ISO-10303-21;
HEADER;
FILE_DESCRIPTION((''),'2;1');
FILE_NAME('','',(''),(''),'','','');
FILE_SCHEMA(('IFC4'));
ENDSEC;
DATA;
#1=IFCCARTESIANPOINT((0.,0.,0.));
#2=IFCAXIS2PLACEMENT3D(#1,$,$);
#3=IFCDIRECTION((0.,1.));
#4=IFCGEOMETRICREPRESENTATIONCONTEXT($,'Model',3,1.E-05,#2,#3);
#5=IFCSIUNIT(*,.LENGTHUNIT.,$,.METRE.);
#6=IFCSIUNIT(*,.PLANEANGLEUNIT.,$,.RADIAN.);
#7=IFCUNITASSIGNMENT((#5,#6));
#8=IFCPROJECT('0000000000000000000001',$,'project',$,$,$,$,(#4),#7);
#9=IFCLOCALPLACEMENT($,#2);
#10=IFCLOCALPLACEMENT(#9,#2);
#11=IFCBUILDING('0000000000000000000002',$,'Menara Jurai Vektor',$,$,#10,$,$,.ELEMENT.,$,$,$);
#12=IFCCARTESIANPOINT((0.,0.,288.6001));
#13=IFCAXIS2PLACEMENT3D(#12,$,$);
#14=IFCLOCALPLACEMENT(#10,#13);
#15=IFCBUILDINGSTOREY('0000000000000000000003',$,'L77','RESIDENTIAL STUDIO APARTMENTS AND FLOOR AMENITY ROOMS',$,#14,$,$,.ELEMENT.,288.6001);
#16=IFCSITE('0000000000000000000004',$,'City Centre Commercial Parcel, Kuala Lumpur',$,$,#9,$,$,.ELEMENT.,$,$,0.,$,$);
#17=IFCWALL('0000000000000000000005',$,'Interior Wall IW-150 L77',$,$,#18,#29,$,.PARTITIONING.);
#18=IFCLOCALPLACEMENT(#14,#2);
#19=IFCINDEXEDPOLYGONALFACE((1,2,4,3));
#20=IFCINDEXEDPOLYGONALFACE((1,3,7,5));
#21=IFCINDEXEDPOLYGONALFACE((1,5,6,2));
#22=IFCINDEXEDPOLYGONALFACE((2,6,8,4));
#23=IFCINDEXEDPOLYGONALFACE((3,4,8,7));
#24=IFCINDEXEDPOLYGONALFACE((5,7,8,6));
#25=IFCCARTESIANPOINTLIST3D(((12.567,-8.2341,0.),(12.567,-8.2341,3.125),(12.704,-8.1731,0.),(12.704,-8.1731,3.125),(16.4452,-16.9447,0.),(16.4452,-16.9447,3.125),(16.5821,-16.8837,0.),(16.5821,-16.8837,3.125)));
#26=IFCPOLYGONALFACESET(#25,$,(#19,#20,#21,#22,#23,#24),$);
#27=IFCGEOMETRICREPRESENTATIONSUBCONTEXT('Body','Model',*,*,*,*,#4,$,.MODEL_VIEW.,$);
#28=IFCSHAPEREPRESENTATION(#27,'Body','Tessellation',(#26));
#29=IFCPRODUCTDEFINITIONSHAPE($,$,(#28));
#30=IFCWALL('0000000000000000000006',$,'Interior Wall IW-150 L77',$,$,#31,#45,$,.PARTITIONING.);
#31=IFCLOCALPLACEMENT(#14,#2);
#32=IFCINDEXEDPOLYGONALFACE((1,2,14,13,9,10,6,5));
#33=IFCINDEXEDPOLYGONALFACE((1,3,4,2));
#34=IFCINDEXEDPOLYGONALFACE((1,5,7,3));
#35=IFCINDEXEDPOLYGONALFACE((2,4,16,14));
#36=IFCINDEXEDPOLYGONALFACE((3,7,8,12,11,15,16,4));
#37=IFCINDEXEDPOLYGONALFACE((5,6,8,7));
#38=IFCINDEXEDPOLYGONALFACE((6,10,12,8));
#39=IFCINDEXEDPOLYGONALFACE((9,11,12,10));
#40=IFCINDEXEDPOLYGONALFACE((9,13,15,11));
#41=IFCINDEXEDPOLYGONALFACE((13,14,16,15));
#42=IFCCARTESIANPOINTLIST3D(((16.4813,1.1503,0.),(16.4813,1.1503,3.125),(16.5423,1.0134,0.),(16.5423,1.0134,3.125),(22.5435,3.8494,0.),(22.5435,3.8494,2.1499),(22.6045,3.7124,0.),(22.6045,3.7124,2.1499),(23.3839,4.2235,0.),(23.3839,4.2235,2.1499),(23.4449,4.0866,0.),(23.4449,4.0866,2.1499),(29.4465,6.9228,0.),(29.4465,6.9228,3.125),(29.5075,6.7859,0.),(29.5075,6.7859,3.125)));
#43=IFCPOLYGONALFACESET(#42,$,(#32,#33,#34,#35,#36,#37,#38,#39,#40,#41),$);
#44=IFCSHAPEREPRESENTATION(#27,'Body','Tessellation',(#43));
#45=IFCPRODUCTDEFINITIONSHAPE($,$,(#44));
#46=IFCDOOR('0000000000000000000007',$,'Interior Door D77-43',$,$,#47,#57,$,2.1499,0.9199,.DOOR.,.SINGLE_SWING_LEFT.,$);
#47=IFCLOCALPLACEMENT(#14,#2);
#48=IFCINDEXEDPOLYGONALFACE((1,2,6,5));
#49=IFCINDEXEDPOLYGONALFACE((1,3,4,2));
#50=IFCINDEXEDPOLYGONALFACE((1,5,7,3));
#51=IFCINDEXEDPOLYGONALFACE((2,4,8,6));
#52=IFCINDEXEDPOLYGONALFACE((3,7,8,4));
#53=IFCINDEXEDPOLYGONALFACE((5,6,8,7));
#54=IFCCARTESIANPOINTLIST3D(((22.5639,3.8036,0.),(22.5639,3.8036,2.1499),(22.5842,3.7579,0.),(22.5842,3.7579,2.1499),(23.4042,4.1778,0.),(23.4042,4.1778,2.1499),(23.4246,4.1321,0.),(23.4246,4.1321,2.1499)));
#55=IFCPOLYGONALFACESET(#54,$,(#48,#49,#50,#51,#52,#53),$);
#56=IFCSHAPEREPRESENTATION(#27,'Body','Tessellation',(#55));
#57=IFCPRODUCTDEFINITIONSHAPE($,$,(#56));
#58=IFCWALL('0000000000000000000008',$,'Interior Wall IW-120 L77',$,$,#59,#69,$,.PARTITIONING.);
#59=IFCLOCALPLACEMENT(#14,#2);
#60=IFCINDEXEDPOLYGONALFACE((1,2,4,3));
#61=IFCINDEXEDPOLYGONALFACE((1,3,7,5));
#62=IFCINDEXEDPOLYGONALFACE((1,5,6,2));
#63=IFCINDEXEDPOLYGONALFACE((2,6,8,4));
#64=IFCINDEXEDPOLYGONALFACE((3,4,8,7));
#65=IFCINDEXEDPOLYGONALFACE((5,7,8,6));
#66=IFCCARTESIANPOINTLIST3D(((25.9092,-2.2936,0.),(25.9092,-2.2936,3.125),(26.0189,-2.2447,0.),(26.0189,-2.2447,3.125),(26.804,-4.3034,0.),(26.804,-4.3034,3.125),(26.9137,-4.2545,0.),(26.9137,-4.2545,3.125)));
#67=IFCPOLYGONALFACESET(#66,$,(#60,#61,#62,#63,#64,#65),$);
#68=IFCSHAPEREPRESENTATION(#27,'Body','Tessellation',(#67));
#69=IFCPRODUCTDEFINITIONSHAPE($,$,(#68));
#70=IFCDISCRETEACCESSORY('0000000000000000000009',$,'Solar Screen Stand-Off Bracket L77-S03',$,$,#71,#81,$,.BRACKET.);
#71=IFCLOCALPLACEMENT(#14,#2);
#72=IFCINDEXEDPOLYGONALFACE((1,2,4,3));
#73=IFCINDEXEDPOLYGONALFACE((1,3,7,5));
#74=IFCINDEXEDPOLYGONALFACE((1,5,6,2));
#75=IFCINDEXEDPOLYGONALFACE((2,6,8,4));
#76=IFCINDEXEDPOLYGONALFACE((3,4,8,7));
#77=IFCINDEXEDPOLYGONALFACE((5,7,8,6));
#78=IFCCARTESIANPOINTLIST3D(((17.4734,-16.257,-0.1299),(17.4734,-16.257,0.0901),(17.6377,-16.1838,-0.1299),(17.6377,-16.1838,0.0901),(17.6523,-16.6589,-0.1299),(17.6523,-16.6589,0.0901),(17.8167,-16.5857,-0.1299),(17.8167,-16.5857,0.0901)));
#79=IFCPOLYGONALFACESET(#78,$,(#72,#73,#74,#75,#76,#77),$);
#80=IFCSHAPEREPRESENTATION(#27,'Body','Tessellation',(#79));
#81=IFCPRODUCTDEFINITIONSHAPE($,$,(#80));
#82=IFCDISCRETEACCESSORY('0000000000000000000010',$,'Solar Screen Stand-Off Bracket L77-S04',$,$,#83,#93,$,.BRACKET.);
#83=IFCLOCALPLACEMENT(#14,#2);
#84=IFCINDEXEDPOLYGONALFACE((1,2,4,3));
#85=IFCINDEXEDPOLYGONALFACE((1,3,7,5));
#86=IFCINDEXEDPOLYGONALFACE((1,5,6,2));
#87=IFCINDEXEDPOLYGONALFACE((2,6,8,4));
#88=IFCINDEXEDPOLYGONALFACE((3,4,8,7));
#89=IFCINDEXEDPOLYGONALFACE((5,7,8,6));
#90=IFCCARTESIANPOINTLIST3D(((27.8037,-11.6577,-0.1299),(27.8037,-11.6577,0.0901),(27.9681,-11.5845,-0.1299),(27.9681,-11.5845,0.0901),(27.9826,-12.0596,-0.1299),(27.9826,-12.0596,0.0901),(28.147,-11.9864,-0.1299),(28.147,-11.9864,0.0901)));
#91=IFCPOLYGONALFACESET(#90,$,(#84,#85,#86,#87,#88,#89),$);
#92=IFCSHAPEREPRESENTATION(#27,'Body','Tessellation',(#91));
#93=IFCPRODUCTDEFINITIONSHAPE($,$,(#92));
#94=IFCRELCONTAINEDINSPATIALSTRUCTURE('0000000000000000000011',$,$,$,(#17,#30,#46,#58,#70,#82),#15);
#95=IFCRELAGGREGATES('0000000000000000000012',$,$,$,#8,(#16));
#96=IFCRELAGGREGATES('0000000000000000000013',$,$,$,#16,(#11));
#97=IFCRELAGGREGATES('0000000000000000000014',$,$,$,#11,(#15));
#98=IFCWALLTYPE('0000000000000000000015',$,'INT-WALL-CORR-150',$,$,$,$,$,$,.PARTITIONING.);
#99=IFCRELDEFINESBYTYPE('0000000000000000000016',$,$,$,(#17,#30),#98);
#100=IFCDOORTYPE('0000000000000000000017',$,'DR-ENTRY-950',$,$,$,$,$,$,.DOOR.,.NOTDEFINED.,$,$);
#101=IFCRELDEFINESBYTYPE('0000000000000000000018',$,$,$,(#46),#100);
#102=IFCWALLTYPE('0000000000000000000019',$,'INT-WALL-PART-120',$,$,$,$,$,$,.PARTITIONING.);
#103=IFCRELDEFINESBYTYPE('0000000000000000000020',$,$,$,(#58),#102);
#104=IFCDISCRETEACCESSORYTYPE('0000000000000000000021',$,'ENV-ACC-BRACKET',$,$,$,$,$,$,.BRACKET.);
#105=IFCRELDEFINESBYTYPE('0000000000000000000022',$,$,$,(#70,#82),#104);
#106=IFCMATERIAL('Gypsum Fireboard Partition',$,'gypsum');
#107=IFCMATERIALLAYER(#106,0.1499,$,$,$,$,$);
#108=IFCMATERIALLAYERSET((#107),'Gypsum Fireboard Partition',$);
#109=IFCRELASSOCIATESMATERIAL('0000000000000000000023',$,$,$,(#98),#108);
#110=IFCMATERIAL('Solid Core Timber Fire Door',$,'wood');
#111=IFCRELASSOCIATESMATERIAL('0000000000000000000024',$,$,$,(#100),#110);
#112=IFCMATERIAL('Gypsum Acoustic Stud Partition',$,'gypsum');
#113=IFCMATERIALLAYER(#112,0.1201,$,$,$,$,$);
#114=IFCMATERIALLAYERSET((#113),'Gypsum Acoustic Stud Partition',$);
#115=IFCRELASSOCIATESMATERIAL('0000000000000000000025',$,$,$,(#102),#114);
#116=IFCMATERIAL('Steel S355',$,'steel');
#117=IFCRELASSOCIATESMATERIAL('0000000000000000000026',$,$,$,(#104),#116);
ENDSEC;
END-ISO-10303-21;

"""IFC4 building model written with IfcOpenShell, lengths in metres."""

from ifc_helpers import new_model, si_unit, direction, frame, frame_2d, origin, origin_2d, place, context, subcontext, project, spatial, rectangle, extrude, material, layer, layer_set, type_object, element, fill, save


model = new_model("IFC4")

# Units and contexts
model_context = context("Model", 3, precision=1e-05, world=origin(), true_north=direction((0.0, 1.0)))
body_context = subcontext(model_context, "Body", "Model", "MODEL_VIEW")
ifc_project = project(units=[si_unit("LENGTHUNIT", "METRE"), si_unit("PLANEANGLEUNIT", "RADIAN")], contexts=[model_context])

# Site, building, storey
site_placement = place(None, origin())
site = spatial("IfcSite", under=ifc_project, at=site_placement, Name="City Centre Commercial Parcel, Kuala Lumpur", CompositionType="ELEMENT", RefElevation=0.0)
building_placement = place(site_placement, origin())
building = spatial("IfcBuilding", under=site, at=building_placement, Name="Menara Jurai Vektor", CompositionType="ELEMENT")
storey_placement = place(building_placement, frame((0.0, 0.0, 288.6001)))
storey = spatial("IfcBuildingStorey", under=building, at=storey_placement, Name="L77", Description="RESIDENTIAL STUDIO APARTMENTS AND FLOOR AMENITY ROOMS", CompositionType="ELEMENT", Elevation=288.6001)

# Shared definitions
ifc_material_1 = material(Name="Steel S355", Category="steel")

# Shared definitions
ifc_material_2 = material(Name="Gypsum Fireboard Partition", Category="gypsum")
ifc_layer_1 = layer(ifc_material_2, 0.1499)
ifc_layer_set_1 = layer_set([ifc_layer_1], Name="Gypsum Fireboard Partition")
wall_type_1 = type_object("IfcWallType", Name="INT-WALL-CORR-150", PredefinedType="PARTITIONING", material=ifc_layer_set_1)

# Shared definitions
ifc_material_3 = material(Name="Solid Core Timber Fire Door", Category="wood")
door_type_1 = type_object("IfcDoorType", Name="DR-ENTRY-950", OperationType="NOTDEFINED", PredefinedType="DOOR", material=ifc_material_3)

# Wall
wall_1_placement = place(storey_placement, frame((16.5137, -16.9143, 0.0), z_axis=(0.0, 0.0, 1.0), x_axis=(-0.40673, 0.913548, 0.0)))
element("IfcWall", 1, at=wall_1_placement, inside=storey, type_object=wall_type_1, Name="Interior Wall IW-150 L77", PredefinedType="PARTITIONING", context=body_context, shape_type="SweptSolid", body=[
    extrude(rectangle(XDim=9.5349, YDim=0.1499, at=frame_2d((4.7676, 0.0))), origin(), (0.0, 0.0, 1.0), 3.125),
])

# Wall, opening, door
wall_2_placement = place(storey_placement, frame((16.5117, 1.0818, 0.0), z_axis=(0.0, 0.0, 1.0), x_axis=(0.913545, 0.406739, 0.0)))
wall_2 = element("IfcWall", 2, at=wall_2_placement, inside=storey, type_object=wall_type_1, Name="Interior Wall IW-150 L77", PredefinedType="PARTITIONING", context=body_context, shape_type="SweptSolid", body=[
    extrude(rectangle(XDim=14.1921, YDim=0.1499, at=frame_2d((7.0962, 0.0))), origin(), (0.0, 0.0, 1.0), 3.125),
])
opening_1_placement = place(wall_2_placement, frame((6.636, 0.0, 0.0)))
opening_1 = element("IfcOpeningElement", 3, at=opening_1_placement, cuts=wall_2, PredefinedType="OPENING", context=body_context, shape_type="SweptSolid", body=[
    extrude(rectangle(XDim=0.9199, YDim=2.1499, at=frame_2d((0.46, 1.075))), frame((0.0, 0.085, 0.0), z_axis=(0.0, -1.0, 0.0), x_axis=(1.0, 0.0, 0.0)), (0.0, 0.0, 1.0), 0.1699),
])
door_1_placement = place(opening_1_placement, origin())
door_1 = element("IfcDoor", 4, at=door_1_placement, inside=storey, type_object=door_type_1, Name="Interior Door D77-43", OperationType="SINGLE_SWING_LEFT", OverallHeight=2.1499, OverallWidth=0.9199, PredefinedType="DOOR", context=body_context, shape_type="SweptSolid", body=[
    extrude(rectangle(XDim=0.9199, YDim=2.1499, at=frame_2d((0.46, 1.075))), frame((0.0, 0.0249, 0.0), z_axis=(0.0, -1.0, 0.0), x_axis=(1.0, 0.0, 0.0)), (0.0, 0.0, 1.0), 0.05),
])
fill(opening_1, door_1)

# Wall
ifc_material_4 = material(Name="Gypsum Acoustic Stud Partition", Category="gypsum")
ifc_layer_2 = layer(ifc_material_4, 0.1201)
ifc_layer_set_2 = layer_set([ifc_layer_2], Name="Gypsum Acoustic Stud Partition")
wall_type_2 = type_object("IfcWallType", Name="INT-WALL-PART-120", PredefinedType="PARTITIONING", material=ifc_layer_set_2)
wall_3_placement = place(storey_placement, frame((26.8589, -4.2791, 0.0), z_axis=(0.0, 0.0, 1.0), x_axis=(-0.406725, 0.913551, 0.0)))
element("IfcWall", 5, at=wall_3_placement, inside=storey, type_object=wall_type_2, Name="Interior Wall IW-120 L77", PredefinedType="PARTITIONING", context=body_context, shape_type="SweptSolid", body=[
    extrude(rectangle(XDim=2.2, YDim=0.1201, at=frame_2d((1.1001, 0.0))), origin(), (0.0, 0.0, 1.0), 3.125),
])

# Discrete accessories
discrete_accessory_type = type_object("IfcDiscreteAccessoryType", Name="ENV-ACC-BRACKET", PredefinedType="BRACKET", material=ifc_material_1)
for number, where, z_axis, x_axis, name in (
    (6, (17.645, -16.4214, -0.1299), (0.0, 0.0, 1.0), (0.913545, 0.406737, 0.0), "Solar Screen Stand-Off Bracket L77-S03"),
    (7, (27.9753, -11.822, -0.1299), (0.0, 0.0, 1.0), (0.913545, 0.406737, 0.0), "Solar Screen Stand-Off Bracket L77-S04"),
):
    element("IfcDiscreteAccessory", number, at=place(storey_placement, frame(where, z_axis=z_axis, x_axis=x_axis)), inside=storey, type_object=discrete_accessory_type, Name=name, PredefinedType="BRACKET", context=body_context, shape_type="SweptSolid", body=[
        extrude(rectangle(XDim=0.1799, YDim=0.4399, at=origin_2d()), origin(), (0.0, 0.0, 1.0), 0.22),
    ])

save(model, "model.ifc")
